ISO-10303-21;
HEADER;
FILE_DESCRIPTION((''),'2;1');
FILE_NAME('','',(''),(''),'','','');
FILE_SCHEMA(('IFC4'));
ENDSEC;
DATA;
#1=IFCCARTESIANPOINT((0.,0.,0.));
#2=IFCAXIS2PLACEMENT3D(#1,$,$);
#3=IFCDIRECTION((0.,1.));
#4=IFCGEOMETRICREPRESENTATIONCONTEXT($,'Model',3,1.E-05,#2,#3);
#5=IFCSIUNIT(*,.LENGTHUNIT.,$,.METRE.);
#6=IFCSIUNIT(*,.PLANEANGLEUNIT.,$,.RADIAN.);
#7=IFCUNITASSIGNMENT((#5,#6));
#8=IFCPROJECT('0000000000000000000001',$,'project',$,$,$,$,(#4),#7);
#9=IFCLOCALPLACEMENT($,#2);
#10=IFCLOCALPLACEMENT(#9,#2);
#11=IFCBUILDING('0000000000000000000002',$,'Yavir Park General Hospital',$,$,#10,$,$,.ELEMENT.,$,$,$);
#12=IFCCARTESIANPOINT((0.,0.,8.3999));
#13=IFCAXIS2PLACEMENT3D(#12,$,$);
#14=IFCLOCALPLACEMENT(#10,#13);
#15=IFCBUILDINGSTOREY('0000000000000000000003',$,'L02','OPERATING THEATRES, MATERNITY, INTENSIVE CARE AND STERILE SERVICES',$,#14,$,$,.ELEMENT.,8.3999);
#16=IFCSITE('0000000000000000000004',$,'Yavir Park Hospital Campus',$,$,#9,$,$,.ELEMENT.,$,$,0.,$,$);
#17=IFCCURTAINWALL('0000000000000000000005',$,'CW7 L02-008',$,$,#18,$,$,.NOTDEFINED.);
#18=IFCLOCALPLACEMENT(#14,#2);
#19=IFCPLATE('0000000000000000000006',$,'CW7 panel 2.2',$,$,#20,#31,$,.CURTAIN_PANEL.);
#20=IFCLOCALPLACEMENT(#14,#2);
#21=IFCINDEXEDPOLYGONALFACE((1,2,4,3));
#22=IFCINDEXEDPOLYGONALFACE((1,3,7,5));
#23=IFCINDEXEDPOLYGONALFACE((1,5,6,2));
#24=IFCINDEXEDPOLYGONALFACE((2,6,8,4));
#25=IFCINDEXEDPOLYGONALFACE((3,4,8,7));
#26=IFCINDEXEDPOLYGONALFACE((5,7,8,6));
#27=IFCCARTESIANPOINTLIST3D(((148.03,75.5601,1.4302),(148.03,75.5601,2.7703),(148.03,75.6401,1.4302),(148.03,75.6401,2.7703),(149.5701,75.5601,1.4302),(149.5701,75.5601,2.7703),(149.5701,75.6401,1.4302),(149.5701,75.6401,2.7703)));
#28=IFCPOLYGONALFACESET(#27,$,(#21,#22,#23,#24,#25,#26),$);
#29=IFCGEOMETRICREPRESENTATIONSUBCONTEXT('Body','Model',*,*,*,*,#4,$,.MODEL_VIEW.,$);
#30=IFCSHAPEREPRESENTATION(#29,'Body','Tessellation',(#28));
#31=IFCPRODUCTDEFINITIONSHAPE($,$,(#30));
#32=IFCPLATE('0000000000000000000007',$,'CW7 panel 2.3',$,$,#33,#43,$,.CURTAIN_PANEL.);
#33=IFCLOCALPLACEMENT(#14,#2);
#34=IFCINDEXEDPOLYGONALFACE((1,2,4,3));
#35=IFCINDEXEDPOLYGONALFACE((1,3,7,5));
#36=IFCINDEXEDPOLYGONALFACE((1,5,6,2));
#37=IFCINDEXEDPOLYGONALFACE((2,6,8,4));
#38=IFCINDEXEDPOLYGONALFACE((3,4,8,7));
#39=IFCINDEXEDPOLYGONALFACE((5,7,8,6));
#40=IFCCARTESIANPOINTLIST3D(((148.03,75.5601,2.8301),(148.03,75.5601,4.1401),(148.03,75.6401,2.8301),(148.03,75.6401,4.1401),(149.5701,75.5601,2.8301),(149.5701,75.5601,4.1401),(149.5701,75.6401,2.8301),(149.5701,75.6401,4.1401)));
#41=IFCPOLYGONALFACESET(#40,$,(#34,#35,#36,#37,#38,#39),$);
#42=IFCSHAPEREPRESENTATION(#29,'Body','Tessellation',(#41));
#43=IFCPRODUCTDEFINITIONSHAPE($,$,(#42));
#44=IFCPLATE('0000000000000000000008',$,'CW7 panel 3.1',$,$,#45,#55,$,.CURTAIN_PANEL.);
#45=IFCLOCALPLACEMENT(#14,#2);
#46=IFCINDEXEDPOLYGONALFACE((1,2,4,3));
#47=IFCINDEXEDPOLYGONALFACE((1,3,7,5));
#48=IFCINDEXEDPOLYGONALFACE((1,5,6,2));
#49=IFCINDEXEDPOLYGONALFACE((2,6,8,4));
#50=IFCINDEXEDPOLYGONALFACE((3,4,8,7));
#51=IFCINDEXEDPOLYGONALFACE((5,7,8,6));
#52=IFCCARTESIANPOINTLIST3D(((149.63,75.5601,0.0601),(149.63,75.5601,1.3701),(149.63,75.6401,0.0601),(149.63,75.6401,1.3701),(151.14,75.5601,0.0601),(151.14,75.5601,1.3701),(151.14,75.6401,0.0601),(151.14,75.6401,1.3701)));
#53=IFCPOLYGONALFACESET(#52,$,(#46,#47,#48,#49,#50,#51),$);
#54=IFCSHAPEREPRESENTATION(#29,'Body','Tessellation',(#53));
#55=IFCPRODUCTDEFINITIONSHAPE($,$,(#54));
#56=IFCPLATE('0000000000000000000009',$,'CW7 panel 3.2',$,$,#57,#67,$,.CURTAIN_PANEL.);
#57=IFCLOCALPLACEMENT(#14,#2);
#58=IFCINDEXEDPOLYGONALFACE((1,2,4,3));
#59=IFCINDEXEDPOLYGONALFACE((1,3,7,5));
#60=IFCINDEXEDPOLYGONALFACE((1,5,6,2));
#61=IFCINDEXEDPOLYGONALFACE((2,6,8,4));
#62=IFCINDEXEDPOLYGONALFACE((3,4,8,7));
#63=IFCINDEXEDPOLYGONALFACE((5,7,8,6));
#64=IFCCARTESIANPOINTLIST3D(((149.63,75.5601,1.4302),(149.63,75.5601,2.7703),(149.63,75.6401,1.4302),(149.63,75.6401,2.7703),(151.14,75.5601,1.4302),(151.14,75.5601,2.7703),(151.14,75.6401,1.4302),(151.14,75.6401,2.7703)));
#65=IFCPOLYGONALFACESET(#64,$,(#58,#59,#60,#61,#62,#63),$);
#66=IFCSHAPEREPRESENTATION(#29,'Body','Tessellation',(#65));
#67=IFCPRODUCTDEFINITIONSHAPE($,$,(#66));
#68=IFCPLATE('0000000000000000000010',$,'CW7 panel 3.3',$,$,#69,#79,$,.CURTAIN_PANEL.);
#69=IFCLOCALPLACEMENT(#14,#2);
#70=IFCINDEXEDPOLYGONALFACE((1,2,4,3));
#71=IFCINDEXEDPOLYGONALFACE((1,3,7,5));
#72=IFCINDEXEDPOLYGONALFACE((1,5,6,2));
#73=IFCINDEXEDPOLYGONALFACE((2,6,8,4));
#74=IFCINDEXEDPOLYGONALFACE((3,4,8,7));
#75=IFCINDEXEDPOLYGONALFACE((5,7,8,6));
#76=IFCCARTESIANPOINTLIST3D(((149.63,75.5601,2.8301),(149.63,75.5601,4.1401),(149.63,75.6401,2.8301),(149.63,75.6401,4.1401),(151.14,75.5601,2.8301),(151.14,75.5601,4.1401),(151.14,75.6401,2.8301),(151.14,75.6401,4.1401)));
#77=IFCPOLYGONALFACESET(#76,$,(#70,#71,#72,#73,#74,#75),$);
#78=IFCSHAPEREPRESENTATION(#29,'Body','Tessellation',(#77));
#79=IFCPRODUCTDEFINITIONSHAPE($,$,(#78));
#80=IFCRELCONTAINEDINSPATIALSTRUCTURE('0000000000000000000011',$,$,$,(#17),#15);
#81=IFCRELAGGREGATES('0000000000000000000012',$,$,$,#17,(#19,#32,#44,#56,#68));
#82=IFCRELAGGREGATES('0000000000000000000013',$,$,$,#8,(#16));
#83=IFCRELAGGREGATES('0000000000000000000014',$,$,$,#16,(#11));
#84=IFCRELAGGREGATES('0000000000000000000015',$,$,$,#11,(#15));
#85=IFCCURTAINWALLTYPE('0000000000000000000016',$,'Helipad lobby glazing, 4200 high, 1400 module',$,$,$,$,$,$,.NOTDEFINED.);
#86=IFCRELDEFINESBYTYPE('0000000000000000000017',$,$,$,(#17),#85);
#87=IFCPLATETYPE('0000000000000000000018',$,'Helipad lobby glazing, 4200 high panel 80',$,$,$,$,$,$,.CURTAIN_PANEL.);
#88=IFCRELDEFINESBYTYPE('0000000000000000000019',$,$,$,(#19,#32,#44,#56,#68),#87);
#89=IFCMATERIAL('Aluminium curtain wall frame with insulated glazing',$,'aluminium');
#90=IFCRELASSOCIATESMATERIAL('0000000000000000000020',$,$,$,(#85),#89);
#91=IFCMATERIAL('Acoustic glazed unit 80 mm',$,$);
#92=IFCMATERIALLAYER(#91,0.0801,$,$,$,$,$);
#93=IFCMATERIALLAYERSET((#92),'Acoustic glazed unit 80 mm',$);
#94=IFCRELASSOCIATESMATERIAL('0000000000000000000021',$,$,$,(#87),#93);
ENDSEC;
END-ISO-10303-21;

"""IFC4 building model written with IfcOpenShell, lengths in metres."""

from ifc_helpers import new_model, si_unit, direction, frame, origin, origin_2d, place, context, subcontext, project, spatial, rectangle, extrude, material, layer, layer_set, type_object, element, aggregate, save


model = new_model("IFC4")

# Units and contexts
model_context = context("Model", 3, precision=1e-05, world=origin(), true_north=direction((0.0, 1.0)))
body_context = subcontext(model_context, "Body", "Model", "MODEL_VIEW")
ifc_project = project(units=[si_unit("LENGTHUNIT", "METRE"), si_unit("PLANEANGLEUNIT", "RADIAN")], contexts=[model_context])

# Site, building, storey
site_placement = place(None, origin())
site = spatial("IfcSite", under=ifc_project, at=site_placement, Name="Yavir Park Hospital Campus", CompositionType="ELEMENT", RefElevation=0.0)
building_placement = place(site_placement, origin())
building = spatial("IfcBuilding", under=site, at=building_placement, Name="Yavir Park General Hospital", CompositionType="ELEMENT")
storey_placement = place(building_placement, frame((0.0, 0.0, 8.3999)))
storey = spatial("IfcBuildingStorey", under=building, at=storey_placement, Name="L02", Description="OPERATING THEATRES, MATERNITY, INTENSIVE CARE AND STERILE SERVICES", CompositionType="ELEMENT", Elevation=8.3999)

# Curtain wall
ifc_material_1 = material(Name="Aluminium curtain wall frame with insulated glazing", Category="aluminium")
curtain_wall_type = type_object("IfcCurtainWallType", Name="Helipad lobby glazing, 4200 high, 1400 module", PredefinedType="NOTDEFINED", material=ifc_material_1)
curtain_wall_1_placement = place(storey_placement, origin())
curtain_wall_1 = element("IfcCurtainWall", 1, at=curtain_wall_1_placement, inside=storey, type_object=curtain_wall_type, Name="CW7 L02-008", PredefinedType="NOTDEFINED")

# Plates
ifc_material_2 = material(Name="Acoustic glazed unit 80 mm")
ifc_layer = layer(ifc_material_2, 0.0801)
ifc_layer_set = layer_set([ifc_layer], Name="Acoustic glazed unit 80 mm")
plate_type = type_object("IfcPlateType", Name="Helipad lobby glazing, 4200 high panel 80", PredefinedType="CURTAIN_PANEL", material=ifc_layer_set)
plate_1_placement = place(storey_placement, frame((148.8, 75.6001, 1.4302), z_axis=(0.0, 0.0, 1.0), x_axis=(1.0, 0.0, 0.0)))
plate_1 = element("IfcPlate", 2, at=plate_1_placement, type_object=plate_type, Name="CW7 panel 2.2", PredefinedType="CURTAIN_PANEL", context=body_context, shape_type="SweptSolid", body=[
    extrude(rectangle(XDim=1.54, YDim=0.0801, at=origin_2d()), origin(), (0.0, 0.0, 1.0), 1.3401),
])
plate_2_placement = place(storey_placement, frame((148.8, 75.6001, 2.8301), z_axis=(0.0, 0.0, 1.0), x_axis=(1.0, 0.0, 0.0)))
plate_2 = element("IfcPlate", 3, at=plate_2_placement, type_object=plate_type, Name="CW7 panel 2.3", PredefinedType="CURTAIN_PANEL", context=body_context, shape_type="SweptSolid", body=[
    extrude(rectangle(XDim=1.54, YDim=0.0801, at=origin_2d()), origin(), (0.0, 0.0, 1.0), 1.3101),
])
plate_3_placement = place(storey_placement, frame((150.385, 75.6001, 0.0601), z_axis=(0.0, 0.0, 1.0), x_axis=(1.0, 0.0, 0.0)))
plate_3 = element("IfcPlate", 4, at=plate_3_placement, type_object=plate_type, Name="CW7 panel 3.1", PredefinedType="CURTAIN_PANEL", context=body_context, shape_type="SweptSolid", body=[
    extrude(rectangle(XDim=1.51, YDim=0.0801, at=origin_2d()), origin(), (0.0, 0.0, 1.0), 1.3101),
])
plate_4_placement = place(storey_placement, frame((150.385, 75.6001, 1.4302), z_axis=(0.0, 0.0, 1.0), x_axis=(1.0, 0.0, 0.0)))
plate_4 = element("IfcPlate", 5, at=plate_4_placement, type_object=plate_type, Name="CW7 panel 3.2", PredefinedType="CURTAIN_PANEL", context=body_context, shape_type="SweptSolid", body=[
    extrude(rectangle(XDim=1.51, YDim=0.0801, at=origin_2d()), origin(), (0.0, 0.0, 1.0), 1.3401),
])
plate_5_placement = place(storey_placement, frame((150.385, 75.6001, 2.8301), z_axis=(0.0, 0.0, 1.0), x_axis=(1.0, 0.0, 0.0)))
plate_5 = element("IfcPlate", 6, at=plate_5_placement, type_object=plate_type, Name="CW7 panel 3.3", PredefinedType="CURTAIN_PANEL", context=body_context, shape_type="SweptSolid", body=[
    extrude(rectangle(XDim=1.51, YDim=0.0801, at=origin_2d()), origin(), (0.0, 0.0, 1.0), 1.3101),
])
aggregate(curtain_wall_1, [plate_1, plate_2, plate_3, plate_4, plate_5])

save(model, "model.ifc")
